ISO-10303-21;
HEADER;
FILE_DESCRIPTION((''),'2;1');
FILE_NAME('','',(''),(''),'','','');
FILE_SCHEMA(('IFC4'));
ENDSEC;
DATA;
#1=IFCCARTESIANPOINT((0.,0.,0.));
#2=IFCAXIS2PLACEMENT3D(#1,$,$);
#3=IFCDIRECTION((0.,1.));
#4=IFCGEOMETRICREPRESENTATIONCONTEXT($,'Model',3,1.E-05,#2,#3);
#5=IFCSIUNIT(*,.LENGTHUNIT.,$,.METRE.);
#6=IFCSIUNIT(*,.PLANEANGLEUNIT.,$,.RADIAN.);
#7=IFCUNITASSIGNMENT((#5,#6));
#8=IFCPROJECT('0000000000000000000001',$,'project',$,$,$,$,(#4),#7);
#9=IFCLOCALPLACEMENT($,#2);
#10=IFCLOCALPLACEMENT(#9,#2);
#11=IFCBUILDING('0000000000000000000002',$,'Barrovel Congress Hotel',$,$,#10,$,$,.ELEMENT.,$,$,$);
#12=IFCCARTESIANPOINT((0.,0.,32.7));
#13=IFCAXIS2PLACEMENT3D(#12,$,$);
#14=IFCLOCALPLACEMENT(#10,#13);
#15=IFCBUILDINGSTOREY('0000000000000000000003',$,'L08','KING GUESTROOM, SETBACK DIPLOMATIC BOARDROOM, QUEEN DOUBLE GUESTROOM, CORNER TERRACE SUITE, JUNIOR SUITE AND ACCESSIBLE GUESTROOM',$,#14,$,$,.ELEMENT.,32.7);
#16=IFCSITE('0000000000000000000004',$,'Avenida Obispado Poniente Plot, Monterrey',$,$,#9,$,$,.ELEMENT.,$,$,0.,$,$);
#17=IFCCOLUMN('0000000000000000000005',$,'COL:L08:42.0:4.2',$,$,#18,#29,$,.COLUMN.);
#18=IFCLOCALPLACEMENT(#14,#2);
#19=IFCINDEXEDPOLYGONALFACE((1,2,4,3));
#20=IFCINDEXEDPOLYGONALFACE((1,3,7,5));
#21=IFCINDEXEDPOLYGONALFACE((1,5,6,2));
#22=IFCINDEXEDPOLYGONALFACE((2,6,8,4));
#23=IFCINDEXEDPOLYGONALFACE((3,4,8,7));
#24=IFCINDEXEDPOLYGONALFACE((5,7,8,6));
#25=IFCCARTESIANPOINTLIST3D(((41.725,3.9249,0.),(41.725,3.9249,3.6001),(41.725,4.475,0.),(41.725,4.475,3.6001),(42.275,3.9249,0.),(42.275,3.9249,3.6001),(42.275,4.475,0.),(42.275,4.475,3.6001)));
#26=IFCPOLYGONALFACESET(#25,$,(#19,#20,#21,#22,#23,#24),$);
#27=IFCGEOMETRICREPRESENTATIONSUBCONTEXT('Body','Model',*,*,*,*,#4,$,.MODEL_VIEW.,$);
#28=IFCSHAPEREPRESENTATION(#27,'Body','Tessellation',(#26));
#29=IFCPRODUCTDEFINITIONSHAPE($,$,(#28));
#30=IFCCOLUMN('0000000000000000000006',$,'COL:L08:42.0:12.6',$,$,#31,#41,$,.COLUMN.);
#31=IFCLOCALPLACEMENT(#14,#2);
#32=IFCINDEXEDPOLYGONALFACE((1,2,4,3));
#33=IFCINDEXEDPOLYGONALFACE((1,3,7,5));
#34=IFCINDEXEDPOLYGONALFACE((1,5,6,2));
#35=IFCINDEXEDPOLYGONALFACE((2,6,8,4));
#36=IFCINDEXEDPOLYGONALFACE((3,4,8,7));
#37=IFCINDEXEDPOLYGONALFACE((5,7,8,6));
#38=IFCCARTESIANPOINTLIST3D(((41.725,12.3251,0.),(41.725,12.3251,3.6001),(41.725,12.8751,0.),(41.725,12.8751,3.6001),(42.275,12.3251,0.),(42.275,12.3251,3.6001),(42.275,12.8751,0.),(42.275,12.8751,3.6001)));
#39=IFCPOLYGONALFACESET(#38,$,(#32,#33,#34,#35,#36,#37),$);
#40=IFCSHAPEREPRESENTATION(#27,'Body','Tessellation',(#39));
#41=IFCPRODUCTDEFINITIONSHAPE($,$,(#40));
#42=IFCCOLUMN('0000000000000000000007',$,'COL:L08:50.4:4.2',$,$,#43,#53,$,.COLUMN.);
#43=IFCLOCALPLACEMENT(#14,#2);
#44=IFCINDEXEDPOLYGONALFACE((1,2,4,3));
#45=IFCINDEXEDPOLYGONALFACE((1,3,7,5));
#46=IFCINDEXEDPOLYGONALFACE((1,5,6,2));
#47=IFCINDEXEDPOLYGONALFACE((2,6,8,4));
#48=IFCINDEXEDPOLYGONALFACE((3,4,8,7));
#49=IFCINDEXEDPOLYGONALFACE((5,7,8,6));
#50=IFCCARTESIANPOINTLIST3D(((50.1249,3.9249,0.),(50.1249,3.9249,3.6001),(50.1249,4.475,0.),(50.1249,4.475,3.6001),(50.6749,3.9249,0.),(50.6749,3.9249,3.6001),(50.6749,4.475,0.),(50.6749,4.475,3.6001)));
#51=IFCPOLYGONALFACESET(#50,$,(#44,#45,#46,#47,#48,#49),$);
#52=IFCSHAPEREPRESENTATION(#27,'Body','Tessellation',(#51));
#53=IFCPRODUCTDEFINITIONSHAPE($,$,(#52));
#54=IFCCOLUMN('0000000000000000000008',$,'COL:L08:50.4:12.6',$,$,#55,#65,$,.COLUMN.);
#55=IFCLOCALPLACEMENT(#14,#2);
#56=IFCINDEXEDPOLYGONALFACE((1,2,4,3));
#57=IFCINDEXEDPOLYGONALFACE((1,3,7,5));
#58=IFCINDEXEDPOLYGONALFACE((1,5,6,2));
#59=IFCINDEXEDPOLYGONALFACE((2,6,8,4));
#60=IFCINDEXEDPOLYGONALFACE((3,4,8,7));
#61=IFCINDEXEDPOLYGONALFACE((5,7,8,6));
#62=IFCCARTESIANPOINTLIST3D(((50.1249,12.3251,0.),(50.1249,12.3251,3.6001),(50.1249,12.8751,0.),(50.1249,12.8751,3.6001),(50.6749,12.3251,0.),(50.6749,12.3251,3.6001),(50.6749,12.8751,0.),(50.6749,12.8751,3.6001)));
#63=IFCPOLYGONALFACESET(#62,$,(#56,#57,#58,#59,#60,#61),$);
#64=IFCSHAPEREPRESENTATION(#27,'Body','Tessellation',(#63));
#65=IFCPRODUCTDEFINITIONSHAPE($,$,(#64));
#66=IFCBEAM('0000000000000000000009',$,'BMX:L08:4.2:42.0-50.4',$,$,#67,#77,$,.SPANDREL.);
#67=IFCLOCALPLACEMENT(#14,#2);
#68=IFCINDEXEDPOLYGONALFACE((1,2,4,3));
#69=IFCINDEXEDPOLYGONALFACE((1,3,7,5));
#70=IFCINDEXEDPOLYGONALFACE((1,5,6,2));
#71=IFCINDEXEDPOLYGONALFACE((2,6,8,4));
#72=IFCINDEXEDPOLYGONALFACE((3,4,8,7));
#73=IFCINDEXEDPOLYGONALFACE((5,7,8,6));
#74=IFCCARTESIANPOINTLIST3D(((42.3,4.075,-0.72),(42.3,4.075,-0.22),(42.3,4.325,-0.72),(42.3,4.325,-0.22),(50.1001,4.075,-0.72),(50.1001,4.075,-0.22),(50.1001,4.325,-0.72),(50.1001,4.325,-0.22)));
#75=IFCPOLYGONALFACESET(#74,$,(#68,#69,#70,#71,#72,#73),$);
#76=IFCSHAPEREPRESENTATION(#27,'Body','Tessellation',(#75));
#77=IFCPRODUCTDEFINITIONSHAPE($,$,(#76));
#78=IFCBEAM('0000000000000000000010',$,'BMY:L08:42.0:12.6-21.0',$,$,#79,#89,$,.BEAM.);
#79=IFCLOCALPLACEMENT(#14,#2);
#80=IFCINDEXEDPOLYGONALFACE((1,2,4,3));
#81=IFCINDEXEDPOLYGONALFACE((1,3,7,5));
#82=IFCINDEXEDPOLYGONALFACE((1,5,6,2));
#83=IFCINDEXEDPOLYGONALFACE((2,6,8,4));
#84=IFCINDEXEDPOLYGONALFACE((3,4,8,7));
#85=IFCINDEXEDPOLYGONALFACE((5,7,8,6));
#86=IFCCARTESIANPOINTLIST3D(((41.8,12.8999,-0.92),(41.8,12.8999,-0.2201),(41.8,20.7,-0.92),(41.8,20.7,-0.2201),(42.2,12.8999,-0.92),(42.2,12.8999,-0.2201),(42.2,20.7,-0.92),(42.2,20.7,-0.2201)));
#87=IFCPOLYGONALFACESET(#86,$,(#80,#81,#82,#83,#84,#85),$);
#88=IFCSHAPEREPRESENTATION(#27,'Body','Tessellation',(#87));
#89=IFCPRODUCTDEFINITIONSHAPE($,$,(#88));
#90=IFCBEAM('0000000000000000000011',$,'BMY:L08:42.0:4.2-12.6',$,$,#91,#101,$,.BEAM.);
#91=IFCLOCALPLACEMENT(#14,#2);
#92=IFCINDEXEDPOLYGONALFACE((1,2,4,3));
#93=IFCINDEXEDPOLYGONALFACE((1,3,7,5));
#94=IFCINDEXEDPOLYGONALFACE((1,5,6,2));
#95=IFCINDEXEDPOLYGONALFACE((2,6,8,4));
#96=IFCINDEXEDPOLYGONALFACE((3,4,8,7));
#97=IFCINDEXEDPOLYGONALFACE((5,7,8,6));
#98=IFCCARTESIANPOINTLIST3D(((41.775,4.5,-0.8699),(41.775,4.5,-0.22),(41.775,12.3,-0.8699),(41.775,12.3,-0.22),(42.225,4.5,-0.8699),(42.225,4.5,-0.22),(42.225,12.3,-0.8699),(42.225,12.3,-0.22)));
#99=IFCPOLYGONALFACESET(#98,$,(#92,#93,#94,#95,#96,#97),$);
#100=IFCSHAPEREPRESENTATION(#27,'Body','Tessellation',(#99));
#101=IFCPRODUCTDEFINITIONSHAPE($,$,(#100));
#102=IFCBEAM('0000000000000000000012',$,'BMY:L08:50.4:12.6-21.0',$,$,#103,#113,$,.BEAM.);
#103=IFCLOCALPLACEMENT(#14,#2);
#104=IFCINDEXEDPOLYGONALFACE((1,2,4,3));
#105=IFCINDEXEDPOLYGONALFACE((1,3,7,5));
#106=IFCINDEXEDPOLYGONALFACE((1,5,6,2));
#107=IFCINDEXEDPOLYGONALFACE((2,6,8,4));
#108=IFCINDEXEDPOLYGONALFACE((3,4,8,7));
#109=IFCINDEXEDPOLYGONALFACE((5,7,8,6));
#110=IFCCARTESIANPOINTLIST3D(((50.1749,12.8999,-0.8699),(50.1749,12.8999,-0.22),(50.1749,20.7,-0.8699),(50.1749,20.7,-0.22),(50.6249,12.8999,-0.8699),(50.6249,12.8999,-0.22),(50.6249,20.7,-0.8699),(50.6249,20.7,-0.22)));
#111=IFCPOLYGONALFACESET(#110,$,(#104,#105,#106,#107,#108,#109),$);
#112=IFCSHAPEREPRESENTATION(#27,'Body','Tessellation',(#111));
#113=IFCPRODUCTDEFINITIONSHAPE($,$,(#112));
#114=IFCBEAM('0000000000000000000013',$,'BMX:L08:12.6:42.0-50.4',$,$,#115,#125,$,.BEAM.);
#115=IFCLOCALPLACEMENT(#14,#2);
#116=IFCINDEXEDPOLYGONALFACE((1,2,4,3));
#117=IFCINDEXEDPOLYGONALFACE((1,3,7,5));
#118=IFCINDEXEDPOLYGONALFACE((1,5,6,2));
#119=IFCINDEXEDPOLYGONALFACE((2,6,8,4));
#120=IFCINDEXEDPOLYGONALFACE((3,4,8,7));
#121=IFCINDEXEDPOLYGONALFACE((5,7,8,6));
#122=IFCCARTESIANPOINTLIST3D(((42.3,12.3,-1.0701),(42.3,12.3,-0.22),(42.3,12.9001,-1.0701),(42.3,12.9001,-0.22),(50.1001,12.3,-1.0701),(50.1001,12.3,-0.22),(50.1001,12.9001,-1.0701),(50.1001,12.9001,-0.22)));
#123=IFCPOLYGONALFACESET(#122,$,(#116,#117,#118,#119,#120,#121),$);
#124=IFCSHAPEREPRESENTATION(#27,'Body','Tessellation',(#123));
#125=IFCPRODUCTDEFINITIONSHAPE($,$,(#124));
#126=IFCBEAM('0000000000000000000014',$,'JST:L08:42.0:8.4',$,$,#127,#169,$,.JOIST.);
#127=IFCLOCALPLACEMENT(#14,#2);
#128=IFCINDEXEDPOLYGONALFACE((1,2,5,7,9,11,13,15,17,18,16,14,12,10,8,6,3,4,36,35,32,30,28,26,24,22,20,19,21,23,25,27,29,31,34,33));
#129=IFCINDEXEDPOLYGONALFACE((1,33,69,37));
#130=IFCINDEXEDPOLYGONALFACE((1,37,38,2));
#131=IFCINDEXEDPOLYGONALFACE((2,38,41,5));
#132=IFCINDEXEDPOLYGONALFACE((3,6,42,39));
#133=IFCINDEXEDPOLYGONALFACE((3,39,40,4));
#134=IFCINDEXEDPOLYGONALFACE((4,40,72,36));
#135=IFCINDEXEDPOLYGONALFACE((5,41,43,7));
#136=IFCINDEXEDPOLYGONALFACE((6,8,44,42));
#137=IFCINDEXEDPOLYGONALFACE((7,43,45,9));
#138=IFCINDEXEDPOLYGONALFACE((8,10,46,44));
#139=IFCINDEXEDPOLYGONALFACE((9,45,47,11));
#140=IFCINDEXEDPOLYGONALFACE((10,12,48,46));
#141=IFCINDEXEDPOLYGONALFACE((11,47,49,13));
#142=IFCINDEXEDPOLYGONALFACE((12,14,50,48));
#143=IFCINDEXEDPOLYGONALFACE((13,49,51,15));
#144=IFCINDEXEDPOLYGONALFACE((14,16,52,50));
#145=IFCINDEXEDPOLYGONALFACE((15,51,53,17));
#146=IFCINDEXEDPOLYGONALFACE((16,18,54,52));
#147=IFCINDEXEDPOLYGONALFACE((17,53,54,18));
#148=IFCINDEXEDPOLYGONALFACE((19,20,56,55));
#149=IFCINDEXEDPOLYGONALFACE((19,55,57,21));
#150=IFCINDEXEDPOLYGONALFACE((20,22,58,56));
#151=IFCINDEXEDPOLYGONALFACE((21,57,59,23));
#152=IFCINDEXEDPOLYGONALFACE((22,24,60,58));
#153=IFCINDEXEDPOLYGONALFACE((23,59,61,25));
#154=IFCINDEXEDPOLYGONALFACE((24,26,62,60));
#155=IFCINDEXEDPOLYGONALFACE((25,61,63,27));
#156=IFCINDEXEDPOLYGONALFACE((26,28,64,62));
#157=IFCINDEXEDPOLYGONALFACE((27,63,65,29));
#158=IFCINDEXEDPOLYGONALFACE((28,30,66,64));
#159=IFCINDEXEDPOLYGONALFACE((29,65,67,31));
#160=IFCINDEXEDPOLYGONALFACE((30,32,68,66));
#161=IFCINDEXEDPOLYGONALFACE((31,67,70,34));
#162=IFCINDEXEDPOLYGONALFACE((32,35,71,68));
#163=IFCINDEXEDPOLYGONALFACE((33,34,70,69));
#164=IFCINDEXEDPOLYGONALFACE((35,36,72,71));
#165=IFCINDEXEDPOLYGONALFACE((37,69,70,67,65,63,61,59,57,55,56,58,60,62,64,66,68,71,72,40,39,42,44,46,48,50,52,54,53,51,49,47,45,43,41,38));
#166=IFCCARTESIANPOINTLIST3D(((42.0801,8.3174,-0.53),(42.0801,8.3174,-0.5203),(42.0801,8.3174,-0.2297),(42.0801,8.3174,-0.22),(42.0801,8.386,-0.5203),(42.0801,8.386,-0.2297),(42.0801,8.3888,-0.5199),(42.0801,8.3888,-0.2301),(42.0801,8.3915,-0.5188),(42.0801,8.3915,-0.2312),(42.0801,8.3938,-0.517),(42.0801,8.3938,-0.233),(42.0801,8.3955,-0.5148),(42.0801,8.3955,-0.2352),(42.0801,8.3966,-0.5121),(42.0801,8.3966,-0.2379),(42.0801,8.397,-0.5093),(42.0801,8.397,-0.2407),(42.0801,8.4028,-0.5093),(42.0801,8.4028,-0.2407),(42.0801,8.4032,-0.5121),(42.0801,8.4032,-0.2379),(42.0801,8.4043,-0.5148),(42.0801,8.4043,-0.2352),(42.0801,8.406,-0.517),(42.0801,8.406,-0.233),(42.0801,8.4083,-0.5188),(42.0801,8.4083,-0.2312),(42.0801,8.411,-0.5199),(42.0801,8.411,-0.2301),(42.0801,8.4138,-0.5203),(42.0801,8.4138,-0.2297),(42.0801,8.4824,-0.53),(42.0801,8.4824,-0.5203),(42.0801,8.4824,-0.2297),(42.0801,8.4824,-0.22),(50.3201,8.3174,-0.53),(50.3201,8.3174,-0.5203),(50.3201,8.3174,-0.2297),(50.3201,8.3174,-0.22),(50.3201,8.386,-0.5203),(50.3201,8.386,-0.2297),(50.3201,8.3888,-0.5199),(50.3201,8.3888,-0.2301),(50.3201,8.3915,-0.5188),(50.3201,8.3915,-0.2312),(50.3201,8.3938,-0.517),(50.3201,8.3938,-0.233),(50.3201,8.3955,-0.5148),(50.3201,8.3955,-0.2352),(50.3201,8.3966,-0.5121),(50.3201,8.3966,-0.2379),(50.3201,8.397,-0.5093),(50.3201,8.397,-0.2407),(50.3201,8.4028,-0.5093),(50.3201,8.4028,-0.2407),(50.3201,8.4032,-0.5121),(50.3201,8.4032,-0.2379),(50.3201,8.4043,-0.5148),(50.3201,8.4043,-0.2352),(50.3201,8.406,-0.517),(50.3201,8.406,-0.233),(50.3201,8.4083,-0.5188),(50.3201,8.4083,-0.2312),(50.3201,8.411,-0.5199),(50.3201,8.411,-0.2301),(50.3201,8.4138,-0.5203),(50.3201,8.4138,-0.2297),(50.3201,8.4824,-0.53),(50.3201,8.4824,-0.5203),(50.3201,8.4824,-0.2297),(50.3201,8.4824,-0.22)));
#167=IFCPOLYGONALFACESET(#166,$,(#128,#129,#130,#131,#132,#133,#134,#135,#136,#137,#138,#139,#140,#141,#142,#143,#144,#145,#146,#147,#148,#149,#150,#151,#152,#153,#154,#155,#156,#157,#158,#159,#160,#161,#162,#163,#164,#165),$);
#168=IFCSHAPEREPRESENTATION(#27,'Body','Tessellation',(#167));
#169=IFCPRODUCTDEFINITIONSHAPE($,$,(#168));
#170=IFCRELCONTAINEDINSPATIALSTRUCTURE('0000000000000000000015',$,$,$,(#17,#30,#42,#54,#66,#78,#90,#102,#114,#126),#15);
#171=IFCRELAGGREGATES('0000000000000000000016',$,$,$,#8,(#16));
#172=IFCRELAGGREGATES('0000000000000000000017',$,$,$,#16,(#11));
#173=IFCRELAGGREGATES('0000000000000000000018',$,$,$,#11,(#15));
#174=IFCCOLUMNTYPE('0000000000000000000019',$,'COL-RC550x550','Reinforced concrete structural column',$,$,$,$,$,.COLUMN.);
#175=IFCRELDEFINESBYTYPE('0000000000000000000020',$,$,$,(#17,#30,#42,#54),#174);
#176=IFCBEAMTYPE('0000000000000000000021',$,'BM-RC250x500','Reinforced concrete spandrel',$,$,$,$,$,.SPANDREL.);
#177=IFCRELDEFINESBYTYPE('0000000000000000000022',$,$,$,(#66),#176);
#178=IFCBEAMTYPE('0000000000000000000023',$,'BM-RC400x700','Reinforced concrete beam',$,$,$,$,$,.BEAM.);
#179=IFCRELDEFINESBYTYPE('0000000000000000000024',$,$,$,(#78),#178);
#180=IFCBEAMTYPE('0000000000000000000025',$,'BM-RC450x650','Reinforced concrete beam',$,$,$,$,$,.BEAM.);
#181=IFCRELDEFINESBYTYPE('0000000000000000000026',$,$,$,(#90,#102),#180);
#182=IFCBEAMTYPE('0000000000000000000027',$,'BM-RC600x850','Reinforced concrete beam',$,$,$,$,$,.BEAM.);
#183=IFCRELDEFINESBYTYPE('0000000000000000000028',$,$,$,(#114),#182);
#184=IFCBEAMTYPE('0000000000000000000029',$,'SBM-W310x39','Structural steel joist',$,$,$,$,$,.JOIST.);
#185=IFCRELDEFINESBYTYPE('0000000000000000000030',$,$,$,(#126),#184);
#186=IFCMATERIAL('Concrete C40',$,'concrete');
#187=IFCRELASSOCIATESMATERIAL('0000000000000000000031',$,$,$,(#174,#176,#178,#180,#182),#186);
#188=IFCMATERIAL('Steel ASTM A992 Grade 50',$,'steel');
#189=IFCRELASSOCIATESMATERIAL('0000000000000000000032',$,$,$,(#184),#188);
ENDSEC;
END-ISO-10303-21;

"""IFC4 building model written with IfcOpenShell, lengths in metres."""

from ifc_helpers import new_model, si_unit, direction, frame, origin, origin_2d, place, context, subcontext, project, spatial, rectangle, i_section, extrude, material, material_profile, profile_set, type_object, element, save


model = new_model("IFC4")

# Units and contexts
model_context = context("Model", 3, precision=1e-05, world=origin(), true_north=direction((0.0, 1.0)))
body_context = subcontext(model_context, "Body", "Model", "MODEL_VIEW")
ifc_project = project(units=[si_unit("LENGTHUNIT", "METRE"), si_unit("PLANEANGLEUNIT", "RADIAN")], contexts=[model_context])

# Site, building, storey
site_placement = place(None, origin())
site = spatial("IfcSite", under=ifc_project, at=site_placement, Name="Avenida Obispado Poniente Plot, Monterrey", CompositionType="ELEMENT", RefElevation=0.0)
building_placement = place(site_placement, origin())
building = spatial("IfcBuilding", under=site, at=building_placement, Name="Barrovel Congress Hotel", CompositionType="ELEMENT")
storey_placement = place(building_placement, frame((0.0, 0.0, 32.7)))
storey = spatial("IfcBuildingStorey", under=building, at=storey_placement, Name="L08", Description="KING GUESTROOM, SETBACK DIPLOMATIC BOARDROOM, QUEEN DOUBLE GUESTROOM, CORNER TERRACE SUITE, JUNIOR SUITE AND ACCESSIBLE GUESTROOM", CompositionType="ELEMENT", Elevation=32.7)

# Columns
ifc_material_1 = material(Name="Concrete C40", Category="concrete")
ifc_material_profile_1 = material_profile(ifc_material_1, rectangle(XDim=0.55, YDim=0.55, at=origin_2d()), Name="RC550x550")
ifc_profile_set_1 = profile_set([ifc_material_profile_1], Name="Concrete C40")
column_type = type_object("IfcColumnType", Name="COL-RC550x550", Description="Reinforced concrete structural column", PredefinedType="COLUMN", material=ifc_profile_set_1)
for number, where, z_axis, x_axis, name in (
    (1, (42.0, 4.2, 0.0), (0.0, 0.0, 1.0), (1.0, 0.0, 0.0), "COL:L08:42.0:4.2"),
    (2, (42.0, 12.6001, 0.0), (0.0, 0.0, 1.0), (1.0, 0.0, 0.0), "COL:L08:42.0:12.6"),
    (3, (50.3999, 4.2, 0.0), (0.0, 0.0, 1.0), (1.0, 0.0, 0.0), "COL:L08:50.4:4.2"),
    (4, (50.3999, 12.6001, 0.0), (0.0, 0.0, 1.0), (1.0, 0.0, 0.0), "COL:L08:50.4:12.6"),
):
    element("IfcColumn", number, at=place(storey_placement, frame(where, z_axis=z_axis, x_axis=x_axis)), inside=storey, type_object=column_type, Name=name, PredefinedType="COLUMN", context=body_context, shape_type="SweptSolid", body=[
        extrude(rectangle(XDim=0.55, YDim=0.55, at=origin_2d()), origin(), (0.0, 0.0, 1.0), 3.6001),
    ])

# Beams
ifc_material_profile_2 = material_profile(ifc_material_1, rectangle(XDim=0.25, YDim=0.5, at=origin_2d()), Name="RC250x500")
ifc_profile_set_2 = profile_set([ifc_material_profile_2], Name="Concrete C40")
beam_type_1 = type_object("IfcBeamType", Name="BM-RC250x500", Description="Reinforced concrete spandrel", PredefinedType="SPANDREL", material=ifc_profile_set_2)
beam_1_placement = place(storey_placement, frame((42.3, 4.2, -0.47), z_axis=(1.0, 0.0, 0.0), x_axis=(0.0, 1.0, 0.0)))
element("IfcBeam", 5, at=beam_1_placement, inside=storey, type_object=beam_type_1, Name="BMX:L08:4.2:42.0-50.4", PredefinedType="SPANDREL", context=body_context, shape_type="SweptSolid", body=[
    extrude(rectangle(XDim=0.25, YDim=0.5, at=origin_2d()), origin(), (0.0, 0.0, 1.0), 7.8),
])
ifc_material_profile_3 = material_profile(ifc_material_1, rectangle(XDim=0.3999, YDim=0.7, at=origin_2d()), Name="RC400x700")
ifc_profile_set_3 = profile_set([ifc_material_profile_3], Name="Concrete C40")
beam_type_2 = type_object("IfcBeamType", Name="BM-RC400x700", Description="Reinforced concrete beam", PredefinedType="BEAM", material=ifc_profile_set_3)
beam_2_placement = place(storey_placement, frame((42.0, 12.8999, -0.5701), z_axis=(0.0, 1.0, 0.0), x_axis=(-1.0, 0.0, 0.0)))
element("IfcBeam", 6, at=beam_2_placement, inside=storey, type_object=beam_type_2, Name="BMY:L08:42.0:12.6-21.0", PredefinedType="BEAM", context=body_context, shape_type="SweptSolid", body=[
    extrude(rectangle(XDim=0.3999, YDim=0.7, at=origin_2d()), origin(), (0.0, 0.0, 1.0), 7.8),
])
ifc_material_profile_4 = material_profile(ifc_material_1, rectangle(XDim=0.45, YDim=0.6499, at=origin_2d()), Name="RC450x650")
ifc_profile_set_4 = profile_set([ifc_material_profile_4], Name="Concrete C40")
beam_type_3 = type_object("IfcBeamType", Name="BM-RC450x650", Description="Reinforced concrete beam", PredefinedType="BEAM", material=ifc_profile_set_4)
for number, where, z_axis, x_axis, name in (
    (7, (42.0, 4.5, -0.5449), (0.0, 1.0, 0.0), (-1.0, 0.0, 0.0), "BMY:L08:42.0:4.2-12.6"),
    (8, (50.3999, 12.8999, -0.5449), (0.0, 1.0, 0.0), (-1.0, 0.0, 0.0), "BMY:L08:50.4:12.6-21.0"),
):
    element("IfcBeam", number, at=place(storey_placement, frame(where, z_axis=z_axis, x_axis=x_axis)), inside=storey, type_object=beam_type_3, Name=name, PredefinedType="BEAM", context=body_context, shape_type="SweptSolid", body=[
        extrude(rectangle(XDim=0.45, YDim=0.6499, at=origin_2d()), origin(), (0.0, 0.0, 1.0), 7.8),
    ])
ifc_material_profile_5 = material_profile(ifc_material_1, rectangle(XDim=0.6001, YDim=0.8501, at=origin_2d()), Name="RC600x850")
ifc_profile_set_5 = profile_set([ifc_material_profile_5], Name="Concrete C40")
beam_type_4 = type_object("IfcBeamType", Name="BM-RC600x850", Description="Reinforced concrete beam", PredefinedType="BEAM", material=ifc_profile_set_5)
beam_3_placement = place(storey_placement, frame((42.3, 12.6001, -0.645), z_axis=(1.0, 0.0, 0.0), x_axis=(0.0, 1.0, 0.0)))
element("IfcBeam", 9, at=beam_3_placement, inside=storey, type_object=beam_type_4, Name="BMX:L08:12.6:42.0-50.4", PredefinedType="BEAM", context=body_context, shape_type="SweptSolid", body=[
    extrude(rectangle(XDim=0.6001, YDim=0.8501, at=origin_2d()), origin(), (0.0, 0.0, 1.0), 7.8),
])
ifc_material_2 = material(Name="Steel ASTM A992 Grade 50", Category="steel")
ifc_material_profile_6 = material_profile(ifc_material_2, i_section(OverallWidth=0.165, OverallDepth=0.3101, WebThickness=0.0059, FlangeThickness=0.0098, FilletRadius=0.011, at=origin_2d()), Name="W310x39")
ifc_profile_set_6 = profile_set([ifc_material_profile_6], Name="Steel ASTM A992 Grade 50")
beam_type_5 = type_object("IfcBeamType", Name="SBM-W310x39", Description="Structural steel joist", PredefinedType="JOIST", material=ifc_profile_set_6)
beam_4_placement = place(storey_placement, frame((42.0801, 8.3999, -0.375), z_axis=(1.0, 0.0, 0.0), x_axis=(0.0, 1.0, 0.0)))
element("IfcBeam", 10, at=beam_4_placement, inside=storey, type_object=beam_type_5, Name="JST:L08:42.0:8.4", PredefinedType="JOIST", context=body_context, shape_type="SweptSolid", body=[
    extrude(i_section(OverallWidth=0.165, OverallDepth=0.3101, WebThickness=0.0059, FlangeThickness=0.0098, FilletRadius=0.011, at=origin_2d()), origin(), (0.0, 0.0, 1.0), 8.24),
])

save(model, "model.ifc")
